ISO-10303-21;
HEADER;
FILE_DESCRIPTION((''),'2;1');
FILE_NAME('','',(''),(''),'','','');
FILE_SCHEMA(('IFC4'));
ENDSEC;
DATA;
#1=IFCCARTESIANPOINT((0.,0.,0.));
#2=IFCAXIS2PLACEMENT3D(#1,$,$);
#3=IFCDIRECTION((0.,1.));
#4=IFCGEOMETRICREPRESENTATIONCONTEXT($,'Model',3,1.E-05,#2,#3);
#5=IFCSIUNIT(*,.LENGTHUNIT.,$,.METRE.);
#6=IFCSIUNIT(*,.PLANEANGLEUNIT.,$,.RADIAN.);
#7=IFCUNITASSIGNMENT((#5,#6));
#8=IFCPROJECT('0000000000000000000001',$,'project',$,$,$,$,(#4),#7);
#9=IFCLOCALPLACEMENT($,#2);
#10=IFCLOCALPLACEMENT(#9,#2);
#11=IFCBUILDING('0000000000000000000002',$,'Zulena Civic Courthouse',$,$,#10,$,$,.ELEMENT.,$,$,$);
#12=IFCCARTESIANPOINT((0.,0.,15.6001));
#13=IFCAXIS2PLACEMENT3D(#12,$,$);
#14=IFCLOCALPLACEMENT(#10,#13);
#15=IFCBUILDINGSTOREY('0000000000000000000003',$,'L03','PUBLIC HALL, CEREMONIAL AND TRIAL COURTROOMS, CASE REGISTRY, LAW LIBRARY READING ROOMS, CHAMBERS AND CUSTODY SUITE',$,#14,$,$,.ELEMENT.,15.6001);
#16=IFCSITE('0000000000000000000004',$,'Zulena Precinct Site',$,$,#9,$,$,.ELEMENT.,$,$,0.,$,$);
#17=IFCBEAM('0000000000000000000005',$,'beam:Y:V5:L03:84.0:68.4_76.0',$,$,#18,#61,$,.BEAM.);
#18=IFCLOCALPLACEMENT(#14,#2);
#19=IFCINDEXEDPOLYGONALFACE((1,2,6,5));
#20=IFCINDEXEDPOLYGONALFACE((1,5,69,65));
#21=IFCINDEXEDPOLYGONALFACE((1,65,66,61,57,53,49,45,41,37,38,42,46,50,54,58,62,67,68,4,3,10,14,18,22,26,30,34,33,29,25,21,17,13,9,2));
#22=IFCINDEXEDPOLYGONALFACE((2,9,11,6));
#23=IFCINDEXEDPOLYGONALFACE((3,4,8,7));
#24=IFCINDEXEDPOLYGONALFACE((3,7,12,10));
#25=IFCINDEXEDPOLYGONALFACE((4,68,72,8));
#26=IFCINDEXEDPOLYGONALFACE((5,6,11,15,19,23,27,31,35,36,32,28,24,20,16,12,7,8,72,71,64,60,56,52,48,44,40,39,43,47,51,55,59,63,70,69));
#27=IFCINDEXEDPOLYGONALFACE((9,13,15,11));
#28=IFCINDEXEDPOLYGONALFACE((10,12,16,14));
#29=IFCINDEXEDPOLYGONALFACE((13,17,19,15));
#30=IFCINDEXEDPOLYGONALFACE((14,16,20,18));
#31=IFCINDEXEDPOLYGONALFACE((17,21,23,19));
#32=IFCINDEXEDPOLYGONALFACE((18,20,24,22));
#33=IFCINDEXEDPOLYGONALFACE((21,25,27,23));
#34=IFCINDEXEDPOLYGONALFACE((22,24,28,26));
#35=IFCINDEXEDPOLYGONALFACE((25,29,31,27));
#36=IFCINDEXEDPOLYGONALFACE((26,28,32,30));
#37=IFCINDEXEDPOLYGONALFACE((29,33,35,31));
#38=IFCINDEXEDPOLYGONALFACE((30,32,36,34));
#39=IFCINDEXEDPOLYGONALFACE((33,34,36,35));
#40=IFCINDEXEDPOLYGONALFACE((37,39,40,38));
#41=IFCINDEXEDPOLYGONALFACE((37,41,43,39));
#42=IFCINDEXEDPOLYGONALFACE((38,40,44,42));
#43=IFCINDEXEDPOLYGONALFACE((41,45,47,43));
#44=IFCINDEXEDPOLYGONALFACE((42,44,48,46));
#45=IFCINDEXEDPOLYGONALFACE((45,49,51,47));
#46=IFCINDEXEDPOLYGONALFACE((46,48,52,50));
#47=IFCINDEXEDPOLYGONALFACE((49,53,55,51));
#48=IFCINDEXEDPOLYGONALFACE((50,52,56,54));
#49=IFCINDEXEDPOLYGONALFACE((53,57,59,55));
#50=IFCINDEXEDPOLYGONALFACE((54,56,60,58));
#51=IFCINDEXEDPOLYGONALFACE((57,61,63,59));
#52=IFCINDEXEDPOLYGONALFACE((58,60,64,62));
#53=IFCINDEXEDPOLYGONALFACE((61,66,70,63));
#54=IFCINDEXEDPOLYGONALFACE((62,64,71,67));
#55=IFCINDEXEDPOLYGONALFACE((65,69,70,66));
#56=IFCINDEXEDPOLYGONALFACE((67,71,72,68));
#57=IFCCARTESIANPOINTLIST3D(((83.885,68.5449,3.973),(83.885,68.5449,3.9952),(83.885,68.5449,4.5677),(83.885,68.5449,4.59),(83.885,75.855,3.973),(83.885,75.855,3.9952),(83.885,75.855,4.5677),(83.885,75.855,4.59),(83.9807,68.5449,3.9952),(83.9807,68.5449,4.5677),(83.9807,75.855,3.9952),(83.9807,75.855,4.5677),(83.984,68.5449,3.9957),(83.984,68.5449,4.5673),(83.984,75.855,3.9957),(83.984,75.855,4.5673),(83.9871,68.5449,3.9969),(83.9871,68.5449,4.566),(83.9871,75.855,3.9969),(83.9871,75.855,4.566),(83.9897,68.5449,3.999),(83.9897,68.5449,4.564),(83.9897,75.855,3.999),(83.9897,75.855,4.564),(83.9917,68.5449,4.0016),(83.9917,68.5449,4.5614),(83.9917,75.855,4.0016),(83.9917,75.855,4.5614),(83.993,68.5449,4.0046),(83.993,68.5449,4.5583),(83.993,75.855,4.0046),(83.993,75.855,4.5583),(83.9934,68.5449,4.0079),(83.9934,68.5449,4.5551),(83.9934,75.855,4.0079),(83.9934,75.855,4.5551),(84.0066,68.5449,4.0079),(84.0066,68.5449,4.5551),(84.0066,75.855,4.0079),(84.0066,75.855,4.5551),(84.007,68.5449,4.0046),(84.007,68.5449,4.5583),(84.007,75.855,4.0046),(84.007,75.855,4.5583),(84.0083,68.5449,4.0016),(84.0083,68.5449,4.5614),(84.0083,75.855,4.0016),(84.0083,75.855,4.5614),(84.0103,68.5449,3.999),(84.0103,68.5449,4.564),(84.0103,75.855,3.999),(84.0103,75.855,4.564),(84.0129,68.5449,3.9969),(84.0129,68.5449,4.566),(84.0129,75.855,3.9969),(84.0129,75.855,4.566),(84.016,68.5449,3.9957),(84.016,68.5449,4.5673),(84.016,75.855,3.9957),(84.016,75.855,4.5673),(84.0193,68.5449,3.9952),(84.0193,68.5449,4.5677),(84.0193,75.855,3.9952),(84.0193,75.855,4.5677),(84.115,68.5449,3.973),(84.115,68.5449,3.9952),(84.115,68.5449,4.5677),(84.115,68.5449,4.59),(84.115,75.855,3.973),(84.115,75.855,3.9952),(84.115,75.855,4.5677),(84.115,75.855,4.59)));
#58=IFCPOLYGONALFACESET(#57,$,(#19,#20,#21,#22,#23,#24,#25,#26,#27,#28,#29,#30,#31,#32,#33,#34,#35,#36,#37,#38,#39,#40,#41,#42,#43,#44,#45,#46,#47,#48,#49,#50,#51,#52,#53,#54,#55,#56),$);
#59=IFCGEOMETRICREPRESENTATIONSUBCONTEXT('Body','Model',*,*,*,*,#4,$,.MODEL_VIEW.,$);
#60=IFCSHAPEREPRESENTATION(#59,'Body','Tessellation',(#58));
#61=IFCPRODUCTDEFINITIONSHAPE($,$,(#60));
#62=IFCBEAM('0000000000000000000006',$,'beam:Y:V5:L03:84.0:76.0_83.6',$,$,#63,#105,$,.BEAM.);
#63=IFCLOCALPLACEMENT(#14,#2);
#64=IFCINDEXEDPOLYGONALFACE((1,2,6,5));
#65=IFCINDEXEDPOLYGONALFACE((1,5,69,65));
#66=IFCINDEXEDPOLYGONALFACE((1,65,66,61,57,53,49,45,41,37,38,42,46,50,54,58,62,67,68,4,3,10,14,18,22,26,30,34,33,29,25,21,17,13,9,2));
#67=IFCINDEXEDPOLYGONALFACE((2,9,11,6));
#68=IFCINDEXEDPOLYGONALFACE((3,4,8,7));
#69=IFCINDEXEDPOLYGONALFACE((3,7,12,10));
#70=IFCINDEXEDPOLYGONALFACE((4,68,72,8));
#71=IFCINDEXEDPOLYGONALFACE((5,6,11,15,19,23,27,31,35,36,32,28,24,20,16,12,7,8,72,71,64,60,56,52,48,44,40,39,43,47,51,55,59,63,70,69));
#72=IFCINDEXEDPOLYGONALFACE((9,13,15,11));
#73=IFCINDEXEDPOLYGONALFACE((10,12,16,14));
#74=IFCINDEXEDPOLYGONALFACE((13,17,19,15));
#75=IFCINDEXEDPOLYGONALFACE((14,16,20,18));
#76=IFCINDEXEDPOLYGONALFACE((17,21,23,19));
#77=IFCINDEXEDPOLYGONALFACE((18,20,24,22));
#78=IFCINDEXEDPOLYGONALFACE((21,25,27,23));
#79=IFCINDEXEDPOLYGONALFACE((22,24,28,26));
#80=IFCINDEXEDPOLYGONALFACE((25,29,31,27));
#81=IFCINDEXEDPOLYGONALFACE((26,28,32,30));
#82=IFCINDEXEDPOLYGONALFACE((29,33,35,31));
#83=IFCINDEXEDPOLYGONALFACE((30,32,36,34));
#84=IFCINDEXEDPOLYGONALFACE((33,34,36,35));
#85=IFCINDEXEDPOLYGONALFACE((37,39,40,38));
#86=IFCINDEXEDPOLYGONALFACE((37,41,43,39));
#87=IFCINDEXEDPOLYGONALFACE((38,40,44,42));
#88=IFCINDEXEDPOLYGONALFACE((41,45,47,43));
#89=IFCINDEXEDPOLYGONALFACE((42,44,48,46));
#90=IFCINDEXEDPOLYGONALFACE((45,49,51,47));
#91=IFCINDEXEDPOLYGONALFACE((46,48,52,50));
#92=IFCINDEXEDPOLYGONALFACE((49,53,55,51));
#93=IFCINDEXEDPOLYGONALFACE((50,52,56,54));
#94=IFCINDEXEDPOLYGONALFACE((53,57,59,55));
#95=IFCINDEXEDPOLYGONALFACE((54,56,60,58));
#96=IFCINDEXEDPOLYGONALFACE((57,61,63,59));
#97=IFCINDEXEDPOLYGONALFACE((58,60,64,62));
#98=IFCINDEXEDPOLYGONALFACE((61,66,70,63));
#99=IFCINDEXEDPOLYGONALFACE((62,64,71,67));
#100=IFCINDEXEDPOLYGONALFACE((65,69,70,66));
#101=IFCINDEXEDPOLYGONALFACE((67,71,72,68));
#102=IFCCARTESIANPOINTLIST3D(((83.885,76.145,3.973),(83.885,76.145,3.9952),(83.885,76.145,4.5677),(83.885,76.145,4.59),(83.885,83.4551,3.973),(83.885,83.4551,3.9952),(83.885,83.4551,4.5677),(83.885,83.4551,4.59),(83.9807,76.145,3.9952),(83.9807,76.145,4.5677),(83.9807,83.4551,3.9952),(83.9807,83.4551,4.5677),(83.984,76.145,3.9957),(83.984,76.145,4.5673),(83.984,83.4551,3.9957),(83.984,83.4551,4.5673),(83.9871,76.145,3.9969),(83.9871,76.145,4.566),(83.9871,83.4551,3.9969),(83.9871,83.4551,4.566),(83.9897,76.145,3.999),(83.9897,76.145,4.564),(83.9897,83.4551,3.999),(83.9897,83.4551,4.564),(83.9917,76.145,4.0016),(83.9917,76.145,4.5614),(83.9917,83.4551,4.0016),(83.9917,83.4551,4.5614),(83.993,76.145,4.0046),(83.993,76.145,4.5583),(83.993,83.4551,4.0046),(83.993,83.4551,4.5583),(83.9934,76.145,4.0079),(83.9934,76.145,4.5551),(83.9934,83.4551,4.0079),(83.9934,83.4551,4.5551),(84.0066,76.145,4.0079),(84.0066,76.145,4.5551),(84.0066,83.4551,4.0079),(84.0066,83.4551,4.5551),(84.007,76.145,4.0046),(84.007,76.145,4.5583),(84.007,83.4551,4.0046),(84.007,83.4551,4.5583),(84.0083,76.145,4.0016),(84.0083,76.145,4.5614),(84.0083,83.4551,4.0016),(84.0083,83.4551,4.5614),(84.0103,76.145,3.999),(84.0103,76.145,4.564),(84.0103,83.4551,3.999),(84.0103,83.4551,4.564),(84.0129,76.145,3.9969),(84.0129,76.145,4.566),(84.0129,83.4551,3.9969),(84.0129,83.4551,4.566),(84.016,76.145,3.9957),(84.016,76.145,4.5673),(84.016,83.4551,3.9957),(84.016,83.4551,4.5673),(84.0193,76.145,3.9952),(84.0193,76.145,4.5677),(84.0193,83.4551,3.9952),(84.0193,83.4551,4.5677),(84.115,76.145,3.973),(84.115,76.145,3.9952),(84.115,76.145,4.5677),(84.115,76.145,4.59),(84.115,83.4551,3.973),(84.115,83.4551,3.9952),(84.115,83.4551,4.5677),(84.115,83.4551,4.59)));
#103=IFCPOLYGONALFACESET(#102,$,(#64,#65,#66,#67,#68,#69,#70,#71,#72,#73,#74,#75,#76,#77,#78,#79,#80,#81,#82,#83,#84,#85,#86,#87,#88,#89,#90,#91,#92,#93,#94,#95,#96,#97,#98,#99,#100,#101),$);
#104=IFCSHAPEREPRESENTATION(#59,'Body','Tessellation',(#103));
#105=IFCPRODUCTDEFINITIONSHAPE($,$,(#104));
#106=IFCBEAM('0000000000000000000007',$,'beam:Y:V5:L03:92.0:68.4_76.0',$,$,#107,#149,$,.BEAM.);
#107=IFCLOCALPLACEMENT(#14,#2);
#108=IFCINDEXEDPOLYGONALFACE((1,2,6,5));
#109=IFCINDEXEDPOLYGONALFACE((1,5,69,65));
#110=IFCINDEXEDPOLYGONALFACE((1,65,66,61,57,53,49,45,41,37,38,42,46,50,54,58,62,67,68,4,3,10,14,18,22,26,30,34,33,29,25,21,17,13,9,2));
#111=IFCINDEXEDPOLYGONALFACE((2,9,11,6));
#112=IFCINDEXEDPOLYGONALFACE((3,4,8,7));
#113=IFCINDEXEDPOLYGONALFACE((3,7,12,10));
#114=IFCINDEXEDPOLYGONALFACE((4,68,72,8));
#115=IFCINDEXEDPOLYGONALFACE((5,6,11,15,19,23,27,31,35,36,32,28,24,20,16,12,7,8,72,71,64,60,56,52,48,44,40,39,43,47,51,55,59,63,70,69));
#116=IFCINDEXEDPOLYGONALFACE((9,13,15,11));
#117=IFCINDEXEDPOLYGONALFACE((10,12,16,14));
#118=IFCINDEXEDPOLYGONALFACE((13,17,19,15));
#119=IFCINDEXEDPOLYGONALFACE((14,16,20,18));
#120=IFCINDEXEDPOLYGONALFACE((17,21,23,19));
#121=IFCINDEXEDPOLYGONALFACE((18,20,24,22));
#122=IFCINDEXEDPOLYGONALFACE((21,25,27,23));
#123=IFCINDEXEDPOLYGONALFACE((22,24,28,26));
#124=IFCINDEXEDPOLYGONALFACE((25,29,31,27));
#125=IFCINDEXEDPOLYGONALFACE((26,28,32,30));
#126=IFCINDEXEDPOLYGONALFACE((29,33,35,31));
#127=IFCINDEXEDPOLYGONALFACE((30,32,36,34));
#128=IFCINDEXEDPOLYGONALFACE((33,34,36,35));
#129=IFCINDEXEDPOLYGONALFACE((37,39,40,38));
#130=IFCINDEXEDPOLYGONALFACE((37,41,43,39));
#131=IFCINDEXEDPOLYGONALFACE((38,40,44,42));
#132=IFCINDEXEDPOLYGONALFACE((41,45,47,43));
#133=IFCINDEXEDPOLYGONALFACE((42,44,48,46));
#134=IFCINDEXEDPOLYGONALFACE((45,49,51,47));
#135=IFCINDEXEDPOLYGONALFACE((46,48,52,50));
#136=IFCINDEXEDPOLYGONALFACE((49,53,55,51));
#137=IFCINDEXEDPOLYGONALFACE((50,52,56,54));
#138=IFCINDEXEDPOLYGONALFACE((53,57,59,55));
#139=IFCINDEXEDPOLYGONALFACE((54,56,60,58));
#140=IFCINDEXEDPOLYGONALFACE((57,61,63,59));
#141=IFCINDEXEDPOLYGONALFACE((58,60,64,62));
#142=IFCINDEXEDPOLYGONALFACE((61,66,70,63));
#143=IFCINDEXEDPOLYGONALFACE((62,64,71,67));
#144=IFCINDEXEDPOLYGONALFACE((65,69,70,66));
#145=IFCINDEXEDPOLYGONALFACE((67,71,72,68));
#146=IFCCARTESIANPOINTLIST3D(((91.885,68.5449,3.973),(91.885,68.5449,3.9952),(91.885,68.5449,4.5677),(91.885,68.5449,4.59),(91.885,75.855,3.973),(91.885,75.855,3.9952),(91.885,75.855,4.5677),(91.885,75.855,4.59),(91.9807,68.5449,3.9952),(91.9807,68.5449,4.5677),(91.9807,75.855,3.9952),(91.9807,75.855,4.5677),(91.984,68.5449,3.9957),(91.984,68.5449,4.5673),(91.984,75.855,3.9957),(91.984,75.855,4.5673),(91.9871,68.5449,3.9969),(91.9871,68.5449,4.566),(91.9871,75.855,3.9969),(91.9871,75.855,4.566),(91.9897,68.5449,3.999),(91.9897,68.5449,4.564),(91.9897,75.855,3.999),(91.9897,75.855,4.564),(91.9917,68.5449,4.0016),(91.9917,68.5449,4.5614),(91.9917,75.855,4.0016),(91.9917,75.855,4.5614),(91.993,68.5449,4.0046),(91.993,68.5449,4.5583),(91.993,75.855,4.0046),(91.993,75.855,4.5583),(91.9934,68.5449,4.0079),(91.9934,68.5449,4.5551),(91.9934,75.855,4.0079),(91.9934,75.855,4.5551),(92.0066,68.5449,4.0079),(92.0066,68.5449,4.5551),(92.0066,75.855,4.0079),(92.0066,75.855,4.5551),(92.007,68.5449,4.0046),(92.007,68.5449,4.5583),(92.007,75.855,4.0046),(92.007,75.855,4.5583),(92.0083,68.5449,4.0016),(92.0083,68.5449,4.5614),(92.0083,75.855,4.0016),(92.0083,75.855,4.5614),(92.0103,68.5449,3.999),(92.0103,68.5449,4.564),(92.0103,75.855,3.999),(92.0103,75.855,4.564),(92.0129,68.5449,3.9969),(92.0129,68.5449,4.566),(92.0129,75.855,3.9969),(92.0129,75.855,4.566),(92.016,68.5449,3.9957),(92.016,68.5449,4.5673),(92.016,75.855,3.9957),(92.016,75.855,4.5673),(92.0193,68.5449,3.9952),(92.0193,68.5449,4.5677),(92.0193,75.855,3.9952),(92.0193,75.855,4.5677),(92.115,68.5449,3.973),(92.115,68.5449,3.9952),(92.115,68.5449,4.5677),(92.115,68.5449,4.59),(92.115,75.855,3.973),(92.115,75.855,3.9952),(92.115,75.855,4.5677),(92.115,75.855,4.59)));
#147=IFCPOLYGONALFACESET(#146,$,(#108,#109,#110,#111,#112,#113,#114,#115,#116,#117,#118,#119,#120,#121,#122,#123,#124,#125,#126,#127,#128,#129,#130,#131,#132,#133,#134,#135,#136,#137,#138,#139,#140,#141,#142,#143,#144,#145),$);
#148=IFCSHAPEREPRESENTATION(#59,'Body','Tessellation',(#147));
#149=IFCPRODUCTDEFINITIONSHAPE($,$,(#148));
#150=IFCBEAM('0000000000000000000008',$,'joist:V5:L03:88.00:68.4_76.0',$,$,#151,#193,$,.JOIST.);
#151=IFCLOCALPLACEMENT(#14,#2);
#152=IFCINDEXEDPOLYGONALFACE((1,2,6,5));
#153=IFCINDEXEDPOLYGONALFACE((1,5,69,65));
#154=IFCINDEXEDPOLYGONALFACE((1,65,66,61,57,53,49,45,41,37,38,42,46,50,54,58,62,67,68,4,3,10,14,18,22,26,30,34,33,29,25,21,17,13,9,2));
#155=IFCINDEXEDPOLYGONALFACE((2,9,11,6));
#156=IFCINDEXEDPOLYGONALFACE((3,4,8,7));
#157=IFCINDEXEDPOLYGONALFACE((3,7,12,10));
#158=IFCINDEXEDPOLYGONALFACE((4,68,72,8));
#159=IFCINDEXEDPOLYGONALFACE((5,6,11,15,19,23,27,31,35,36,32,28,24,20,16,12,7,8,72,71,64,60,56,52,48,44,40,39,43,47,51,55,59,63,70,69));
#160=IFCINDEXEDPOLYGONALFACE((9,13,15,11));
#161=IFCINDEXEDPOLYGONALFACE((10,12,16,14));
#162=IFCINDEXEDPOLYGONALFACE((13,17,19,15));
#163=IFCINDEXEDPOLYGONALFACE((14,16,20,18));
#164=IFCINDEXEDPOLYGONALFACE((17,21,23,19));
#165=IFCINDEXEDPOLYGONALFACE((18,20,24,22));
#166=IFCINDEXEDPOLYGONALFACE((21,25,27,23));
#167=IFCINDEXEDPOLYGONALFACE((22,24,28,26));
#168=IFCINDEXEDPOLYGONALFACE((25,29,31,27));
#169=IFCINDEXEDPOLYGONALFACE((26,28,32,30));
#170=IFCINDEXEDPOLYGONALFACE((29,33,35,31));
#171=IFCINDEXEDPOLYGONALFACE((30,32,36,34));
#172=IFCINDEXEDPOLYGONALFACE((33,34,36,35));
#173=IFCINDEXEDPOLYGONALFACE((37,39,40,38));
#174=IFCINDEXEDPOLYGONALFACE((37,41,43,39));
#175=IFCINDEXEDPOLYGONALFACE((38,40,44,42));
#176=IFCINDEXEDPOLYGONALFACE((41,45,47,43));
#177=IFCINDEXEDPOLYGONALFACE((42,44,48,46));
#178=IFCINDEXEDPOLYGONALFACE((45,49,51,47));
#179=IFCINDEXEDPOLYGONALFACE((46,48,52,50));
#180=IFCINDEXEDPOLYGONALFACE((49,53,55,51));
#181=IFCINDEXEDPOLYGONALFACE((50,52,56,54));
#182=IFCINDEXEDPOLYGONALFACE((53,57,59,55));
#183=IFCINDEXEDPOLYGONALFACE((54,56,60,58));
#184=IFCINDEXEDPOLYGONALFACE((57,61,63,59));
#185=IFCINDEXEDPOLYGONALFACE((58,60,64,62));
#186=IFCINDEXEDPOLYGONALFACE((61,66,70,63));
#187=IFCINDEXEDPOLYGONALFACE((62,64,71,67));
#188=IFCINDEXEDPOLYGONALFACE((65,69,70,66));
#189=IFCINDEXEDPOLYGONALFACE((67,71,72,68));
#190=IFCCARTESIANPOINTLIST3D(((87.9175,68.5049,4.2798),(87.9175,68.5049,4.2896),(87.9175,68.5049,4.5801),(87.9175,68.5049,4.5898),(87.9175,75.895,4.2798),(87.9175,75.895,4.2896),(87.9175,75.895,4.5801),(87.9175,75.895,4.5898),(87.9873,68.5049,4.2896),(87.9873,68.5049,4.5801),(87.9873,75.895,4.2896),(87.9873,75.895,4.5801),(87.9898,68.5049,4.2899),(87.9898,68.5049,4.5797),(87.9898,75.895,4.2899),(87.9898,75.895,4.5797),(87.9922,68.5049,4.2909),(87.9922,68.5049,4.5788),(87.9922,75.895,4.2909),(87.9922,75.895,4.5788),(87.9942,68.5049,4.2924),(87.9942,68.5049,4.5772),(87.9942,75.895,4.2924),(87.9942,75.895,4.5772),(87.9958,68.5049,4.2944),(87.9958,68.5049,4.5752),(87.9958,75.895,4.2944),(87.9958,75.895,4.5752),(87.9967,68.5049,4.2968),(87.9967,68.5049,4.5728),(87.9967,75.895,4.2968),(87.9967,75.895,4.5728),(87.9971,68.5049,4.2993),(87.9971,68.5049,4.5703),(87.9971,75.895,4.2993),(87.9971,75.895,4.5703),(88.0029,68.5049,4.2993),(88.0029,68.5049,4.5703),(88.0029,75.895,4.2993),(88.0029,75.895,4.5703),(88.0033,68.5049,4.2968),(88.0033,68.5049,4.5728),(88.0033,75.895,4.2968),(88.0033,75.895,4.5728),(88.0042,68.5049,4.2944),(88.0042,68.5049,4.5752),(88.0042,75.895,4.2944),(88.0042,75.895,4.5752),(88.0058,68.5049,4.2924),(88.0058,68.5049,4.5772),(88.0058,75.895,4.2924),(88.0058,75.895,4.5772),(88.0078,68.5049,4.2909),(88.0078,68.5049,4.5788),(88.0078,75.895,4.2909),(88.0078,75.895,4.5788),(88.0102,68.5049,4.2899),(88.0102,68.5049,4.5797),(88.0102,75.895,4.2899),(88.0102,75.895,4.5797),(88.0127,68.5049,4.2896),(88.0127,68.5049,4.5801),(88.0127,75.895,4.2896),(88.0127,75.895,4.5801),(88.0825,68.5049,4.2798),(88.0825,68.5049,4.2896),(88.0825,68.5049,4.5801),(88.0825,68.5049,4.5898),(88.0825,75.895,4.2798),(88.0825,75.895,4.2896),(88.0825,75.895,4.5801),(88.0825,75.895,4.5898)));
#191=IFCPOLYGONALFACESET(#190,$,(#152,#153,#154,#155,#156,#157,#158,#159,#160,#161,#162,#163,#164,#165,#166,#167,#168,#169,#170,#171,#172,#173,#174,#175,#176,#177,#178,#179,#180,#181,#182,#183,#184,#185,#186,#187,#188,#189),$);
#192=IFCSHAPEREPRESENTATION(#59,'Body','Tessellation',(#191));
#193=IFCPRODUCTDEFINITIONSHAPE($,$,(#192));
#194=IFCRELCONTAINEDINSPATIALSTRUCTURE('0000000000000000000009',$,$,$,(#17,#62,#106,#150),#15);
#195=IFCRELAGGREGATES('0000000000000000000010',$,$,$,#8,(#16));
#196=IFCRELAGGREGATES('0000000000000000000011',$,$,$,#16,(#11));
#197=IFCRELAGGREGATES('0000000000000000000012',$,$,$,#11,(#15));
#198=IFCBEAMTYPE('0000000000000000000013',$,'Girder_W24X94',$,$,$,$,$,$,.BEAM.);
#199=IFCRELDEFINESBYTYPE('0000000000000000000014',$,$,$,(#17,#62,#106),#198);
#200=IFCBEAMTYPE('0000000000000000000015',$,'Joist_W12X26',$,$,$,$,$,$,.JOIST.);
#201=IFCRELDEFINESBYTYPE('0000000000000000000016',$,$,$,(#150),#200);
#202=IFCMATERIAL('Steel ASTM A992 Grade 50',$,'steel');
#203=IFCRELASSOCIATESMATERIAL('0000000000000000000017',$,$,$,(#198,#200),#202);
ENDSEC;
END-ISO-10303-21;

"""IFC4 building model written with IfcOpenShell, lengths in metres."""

from ifc_helpers import new_model, si_unit, direction, frame, origin, origin_2d, place, context, subcontext, project, spatial, i_section, extrude, material, material_profile, profile_set, type_object, element, save


model = new_model("IFC4")

# Units and contexts
model_context = context("Model", 3, precision=1e-05, world=origin(), true_north=direction((0.0, 1.0)))
body_context = subcontext(model_context, "Body", "Model", "MODEL_VIEW")
ifc_project = project(units=[si_unit("LENGTHUNIT", "METRE"), si_unit("PLANEANGLEUNIT", "RADIAN")], contexts=[model_context])

# Site, building, storey
site_placement = place(None, origin())
site = spatial("IfcSite", under=ifc_project, at=site_placement, Name="Zulena Precinct Site", CompositionType="ELEMENT", RefElevation=0.0)
building_placement = place(site_placement, origin())
building = spatial("IfcBuilding", under=site, at=building_placement, Name="Zulena Civic Courthouse", CompositionType="ELEMENT")
storey_placement = place(building_placement, frame((0.0, 0.0, 15.6001)))
storey = spatial("IfcBuildingStorey", under=building, at=storey_placement, Name="L03", Description="PUBLIC HALL, CEREMONIAL AND TRIAL COURTROOMS, CASE REGISTRY, LAW LIBRARY READING ROOMS, CHAMBERS AND CUSTODY SUITE", CompositionType="ELEMENT", Elevation=15.6001)

# Shared definitions
ifc_material_1 = material(Name="Steel ASTM A992 Grade 50", Category="steel")

# Beams
ifc_material_profile_1 = material_profile(ifc_material_1, i_section(OverallWidth=0.23, OverallDepth=0.6169, WebThickness=0.0132, FlangeThickness=0.0222, FilletRadius=0.0127, at=origin_2d()), Name="W24X94")
ifc_profile_set_1 = profile_set([ifc_material_profile_1], Name="Steel ASTM A992 Grade 50")
beam_type_1 = type_object("IfcBeamType", Name="Girder_W24X94", PredefinedType="BEAM", material=ifc_profile_set_1)
for number, where, z_axis, x_axis, name in (
    (1, (84.0, 68.5449, 4.2815), (0.0, 1.0, 0.0), (-1.0, 0.0, 0.0), "beam:Y:V5:L03:84.0:68.4_76.0"),
    (2, (84.0, 76.145, 4.2815), (0.0, 1.0, 0.0), (-1.0, 0.0, 0.0), "beam:Y:V5:L03:84.0:76.0_83.6"),
    (3, (92.0, 68.5449, 4.2815), (0.0, 1.0, 0.0), (-1.0, 0.0, 0.0), "beam:Y:V5:L03:92.0:68.4_76.0"),
):
    element("IfcBeam", number, at=place(storey_placement, frame(where, z_axis=z_axis, x_axis=x_axis)), inside=storey, type_object=beam_type_1, Name=name, PredefinedType="BEAM", context=body_context, shape_type="SweptSolid", body=[
        extrude(i_section(OverallWidth=0.23, OverallDepth=0.6169, WebThickness=0.0132, FlangeThickness=0.0222, FilletRadius=0.0127, at=origin_2d()), origin(), (0.0, 0.0, 1.0), 7.3101),
    ])
ifc_material_profile_2 = material_profile(ifc_material_1, i_section(OverallWidth=0.165, OverallDepth=0.3101, WebThickness=0.0059, FlangeThickness=0.0098, FilletRadius=0.0098, at=origin_2d()), Name="W12X26")
ifc_profile_set_2 = profile_set([ifc_material_profile_2], Name="Steel ASTM A992 Grade 50")
beam_type_2 = type_object("IfcBeamType", Name="Joist_W12X26", PredefinedType="JOIST", material=ifc_profile_set_2)
for number, where, z_axis, x_axis, name in (
    (4, (88.0, 68.5049, 4.4348), (0.0, 1.0, 0.0), (-1.0, 0.0, 0.0), "joist:V5:L03:88.00:68.4_76.0"),
):
    element("IfcBeam", number, at=place(storey_placement, frame(where, z_axis=z_axis, x_axis=x_axis)), inside=storey, type_object=beam_type_2, Name=name, PredefinedType="JOIST", context=body_context, shape_type="SweptSolid", body=[
        extrude(i_section(OverallWidth=0.165, OverallDepth=0.3101, WebThickness=0.0059, FlangeThickness=0.0098, FilletRadius=0.0098, at=origin_2d()), origin(), (0.0, 0.0, 1.0), 7.3901),
    ])

save(model, "model.ifc")
